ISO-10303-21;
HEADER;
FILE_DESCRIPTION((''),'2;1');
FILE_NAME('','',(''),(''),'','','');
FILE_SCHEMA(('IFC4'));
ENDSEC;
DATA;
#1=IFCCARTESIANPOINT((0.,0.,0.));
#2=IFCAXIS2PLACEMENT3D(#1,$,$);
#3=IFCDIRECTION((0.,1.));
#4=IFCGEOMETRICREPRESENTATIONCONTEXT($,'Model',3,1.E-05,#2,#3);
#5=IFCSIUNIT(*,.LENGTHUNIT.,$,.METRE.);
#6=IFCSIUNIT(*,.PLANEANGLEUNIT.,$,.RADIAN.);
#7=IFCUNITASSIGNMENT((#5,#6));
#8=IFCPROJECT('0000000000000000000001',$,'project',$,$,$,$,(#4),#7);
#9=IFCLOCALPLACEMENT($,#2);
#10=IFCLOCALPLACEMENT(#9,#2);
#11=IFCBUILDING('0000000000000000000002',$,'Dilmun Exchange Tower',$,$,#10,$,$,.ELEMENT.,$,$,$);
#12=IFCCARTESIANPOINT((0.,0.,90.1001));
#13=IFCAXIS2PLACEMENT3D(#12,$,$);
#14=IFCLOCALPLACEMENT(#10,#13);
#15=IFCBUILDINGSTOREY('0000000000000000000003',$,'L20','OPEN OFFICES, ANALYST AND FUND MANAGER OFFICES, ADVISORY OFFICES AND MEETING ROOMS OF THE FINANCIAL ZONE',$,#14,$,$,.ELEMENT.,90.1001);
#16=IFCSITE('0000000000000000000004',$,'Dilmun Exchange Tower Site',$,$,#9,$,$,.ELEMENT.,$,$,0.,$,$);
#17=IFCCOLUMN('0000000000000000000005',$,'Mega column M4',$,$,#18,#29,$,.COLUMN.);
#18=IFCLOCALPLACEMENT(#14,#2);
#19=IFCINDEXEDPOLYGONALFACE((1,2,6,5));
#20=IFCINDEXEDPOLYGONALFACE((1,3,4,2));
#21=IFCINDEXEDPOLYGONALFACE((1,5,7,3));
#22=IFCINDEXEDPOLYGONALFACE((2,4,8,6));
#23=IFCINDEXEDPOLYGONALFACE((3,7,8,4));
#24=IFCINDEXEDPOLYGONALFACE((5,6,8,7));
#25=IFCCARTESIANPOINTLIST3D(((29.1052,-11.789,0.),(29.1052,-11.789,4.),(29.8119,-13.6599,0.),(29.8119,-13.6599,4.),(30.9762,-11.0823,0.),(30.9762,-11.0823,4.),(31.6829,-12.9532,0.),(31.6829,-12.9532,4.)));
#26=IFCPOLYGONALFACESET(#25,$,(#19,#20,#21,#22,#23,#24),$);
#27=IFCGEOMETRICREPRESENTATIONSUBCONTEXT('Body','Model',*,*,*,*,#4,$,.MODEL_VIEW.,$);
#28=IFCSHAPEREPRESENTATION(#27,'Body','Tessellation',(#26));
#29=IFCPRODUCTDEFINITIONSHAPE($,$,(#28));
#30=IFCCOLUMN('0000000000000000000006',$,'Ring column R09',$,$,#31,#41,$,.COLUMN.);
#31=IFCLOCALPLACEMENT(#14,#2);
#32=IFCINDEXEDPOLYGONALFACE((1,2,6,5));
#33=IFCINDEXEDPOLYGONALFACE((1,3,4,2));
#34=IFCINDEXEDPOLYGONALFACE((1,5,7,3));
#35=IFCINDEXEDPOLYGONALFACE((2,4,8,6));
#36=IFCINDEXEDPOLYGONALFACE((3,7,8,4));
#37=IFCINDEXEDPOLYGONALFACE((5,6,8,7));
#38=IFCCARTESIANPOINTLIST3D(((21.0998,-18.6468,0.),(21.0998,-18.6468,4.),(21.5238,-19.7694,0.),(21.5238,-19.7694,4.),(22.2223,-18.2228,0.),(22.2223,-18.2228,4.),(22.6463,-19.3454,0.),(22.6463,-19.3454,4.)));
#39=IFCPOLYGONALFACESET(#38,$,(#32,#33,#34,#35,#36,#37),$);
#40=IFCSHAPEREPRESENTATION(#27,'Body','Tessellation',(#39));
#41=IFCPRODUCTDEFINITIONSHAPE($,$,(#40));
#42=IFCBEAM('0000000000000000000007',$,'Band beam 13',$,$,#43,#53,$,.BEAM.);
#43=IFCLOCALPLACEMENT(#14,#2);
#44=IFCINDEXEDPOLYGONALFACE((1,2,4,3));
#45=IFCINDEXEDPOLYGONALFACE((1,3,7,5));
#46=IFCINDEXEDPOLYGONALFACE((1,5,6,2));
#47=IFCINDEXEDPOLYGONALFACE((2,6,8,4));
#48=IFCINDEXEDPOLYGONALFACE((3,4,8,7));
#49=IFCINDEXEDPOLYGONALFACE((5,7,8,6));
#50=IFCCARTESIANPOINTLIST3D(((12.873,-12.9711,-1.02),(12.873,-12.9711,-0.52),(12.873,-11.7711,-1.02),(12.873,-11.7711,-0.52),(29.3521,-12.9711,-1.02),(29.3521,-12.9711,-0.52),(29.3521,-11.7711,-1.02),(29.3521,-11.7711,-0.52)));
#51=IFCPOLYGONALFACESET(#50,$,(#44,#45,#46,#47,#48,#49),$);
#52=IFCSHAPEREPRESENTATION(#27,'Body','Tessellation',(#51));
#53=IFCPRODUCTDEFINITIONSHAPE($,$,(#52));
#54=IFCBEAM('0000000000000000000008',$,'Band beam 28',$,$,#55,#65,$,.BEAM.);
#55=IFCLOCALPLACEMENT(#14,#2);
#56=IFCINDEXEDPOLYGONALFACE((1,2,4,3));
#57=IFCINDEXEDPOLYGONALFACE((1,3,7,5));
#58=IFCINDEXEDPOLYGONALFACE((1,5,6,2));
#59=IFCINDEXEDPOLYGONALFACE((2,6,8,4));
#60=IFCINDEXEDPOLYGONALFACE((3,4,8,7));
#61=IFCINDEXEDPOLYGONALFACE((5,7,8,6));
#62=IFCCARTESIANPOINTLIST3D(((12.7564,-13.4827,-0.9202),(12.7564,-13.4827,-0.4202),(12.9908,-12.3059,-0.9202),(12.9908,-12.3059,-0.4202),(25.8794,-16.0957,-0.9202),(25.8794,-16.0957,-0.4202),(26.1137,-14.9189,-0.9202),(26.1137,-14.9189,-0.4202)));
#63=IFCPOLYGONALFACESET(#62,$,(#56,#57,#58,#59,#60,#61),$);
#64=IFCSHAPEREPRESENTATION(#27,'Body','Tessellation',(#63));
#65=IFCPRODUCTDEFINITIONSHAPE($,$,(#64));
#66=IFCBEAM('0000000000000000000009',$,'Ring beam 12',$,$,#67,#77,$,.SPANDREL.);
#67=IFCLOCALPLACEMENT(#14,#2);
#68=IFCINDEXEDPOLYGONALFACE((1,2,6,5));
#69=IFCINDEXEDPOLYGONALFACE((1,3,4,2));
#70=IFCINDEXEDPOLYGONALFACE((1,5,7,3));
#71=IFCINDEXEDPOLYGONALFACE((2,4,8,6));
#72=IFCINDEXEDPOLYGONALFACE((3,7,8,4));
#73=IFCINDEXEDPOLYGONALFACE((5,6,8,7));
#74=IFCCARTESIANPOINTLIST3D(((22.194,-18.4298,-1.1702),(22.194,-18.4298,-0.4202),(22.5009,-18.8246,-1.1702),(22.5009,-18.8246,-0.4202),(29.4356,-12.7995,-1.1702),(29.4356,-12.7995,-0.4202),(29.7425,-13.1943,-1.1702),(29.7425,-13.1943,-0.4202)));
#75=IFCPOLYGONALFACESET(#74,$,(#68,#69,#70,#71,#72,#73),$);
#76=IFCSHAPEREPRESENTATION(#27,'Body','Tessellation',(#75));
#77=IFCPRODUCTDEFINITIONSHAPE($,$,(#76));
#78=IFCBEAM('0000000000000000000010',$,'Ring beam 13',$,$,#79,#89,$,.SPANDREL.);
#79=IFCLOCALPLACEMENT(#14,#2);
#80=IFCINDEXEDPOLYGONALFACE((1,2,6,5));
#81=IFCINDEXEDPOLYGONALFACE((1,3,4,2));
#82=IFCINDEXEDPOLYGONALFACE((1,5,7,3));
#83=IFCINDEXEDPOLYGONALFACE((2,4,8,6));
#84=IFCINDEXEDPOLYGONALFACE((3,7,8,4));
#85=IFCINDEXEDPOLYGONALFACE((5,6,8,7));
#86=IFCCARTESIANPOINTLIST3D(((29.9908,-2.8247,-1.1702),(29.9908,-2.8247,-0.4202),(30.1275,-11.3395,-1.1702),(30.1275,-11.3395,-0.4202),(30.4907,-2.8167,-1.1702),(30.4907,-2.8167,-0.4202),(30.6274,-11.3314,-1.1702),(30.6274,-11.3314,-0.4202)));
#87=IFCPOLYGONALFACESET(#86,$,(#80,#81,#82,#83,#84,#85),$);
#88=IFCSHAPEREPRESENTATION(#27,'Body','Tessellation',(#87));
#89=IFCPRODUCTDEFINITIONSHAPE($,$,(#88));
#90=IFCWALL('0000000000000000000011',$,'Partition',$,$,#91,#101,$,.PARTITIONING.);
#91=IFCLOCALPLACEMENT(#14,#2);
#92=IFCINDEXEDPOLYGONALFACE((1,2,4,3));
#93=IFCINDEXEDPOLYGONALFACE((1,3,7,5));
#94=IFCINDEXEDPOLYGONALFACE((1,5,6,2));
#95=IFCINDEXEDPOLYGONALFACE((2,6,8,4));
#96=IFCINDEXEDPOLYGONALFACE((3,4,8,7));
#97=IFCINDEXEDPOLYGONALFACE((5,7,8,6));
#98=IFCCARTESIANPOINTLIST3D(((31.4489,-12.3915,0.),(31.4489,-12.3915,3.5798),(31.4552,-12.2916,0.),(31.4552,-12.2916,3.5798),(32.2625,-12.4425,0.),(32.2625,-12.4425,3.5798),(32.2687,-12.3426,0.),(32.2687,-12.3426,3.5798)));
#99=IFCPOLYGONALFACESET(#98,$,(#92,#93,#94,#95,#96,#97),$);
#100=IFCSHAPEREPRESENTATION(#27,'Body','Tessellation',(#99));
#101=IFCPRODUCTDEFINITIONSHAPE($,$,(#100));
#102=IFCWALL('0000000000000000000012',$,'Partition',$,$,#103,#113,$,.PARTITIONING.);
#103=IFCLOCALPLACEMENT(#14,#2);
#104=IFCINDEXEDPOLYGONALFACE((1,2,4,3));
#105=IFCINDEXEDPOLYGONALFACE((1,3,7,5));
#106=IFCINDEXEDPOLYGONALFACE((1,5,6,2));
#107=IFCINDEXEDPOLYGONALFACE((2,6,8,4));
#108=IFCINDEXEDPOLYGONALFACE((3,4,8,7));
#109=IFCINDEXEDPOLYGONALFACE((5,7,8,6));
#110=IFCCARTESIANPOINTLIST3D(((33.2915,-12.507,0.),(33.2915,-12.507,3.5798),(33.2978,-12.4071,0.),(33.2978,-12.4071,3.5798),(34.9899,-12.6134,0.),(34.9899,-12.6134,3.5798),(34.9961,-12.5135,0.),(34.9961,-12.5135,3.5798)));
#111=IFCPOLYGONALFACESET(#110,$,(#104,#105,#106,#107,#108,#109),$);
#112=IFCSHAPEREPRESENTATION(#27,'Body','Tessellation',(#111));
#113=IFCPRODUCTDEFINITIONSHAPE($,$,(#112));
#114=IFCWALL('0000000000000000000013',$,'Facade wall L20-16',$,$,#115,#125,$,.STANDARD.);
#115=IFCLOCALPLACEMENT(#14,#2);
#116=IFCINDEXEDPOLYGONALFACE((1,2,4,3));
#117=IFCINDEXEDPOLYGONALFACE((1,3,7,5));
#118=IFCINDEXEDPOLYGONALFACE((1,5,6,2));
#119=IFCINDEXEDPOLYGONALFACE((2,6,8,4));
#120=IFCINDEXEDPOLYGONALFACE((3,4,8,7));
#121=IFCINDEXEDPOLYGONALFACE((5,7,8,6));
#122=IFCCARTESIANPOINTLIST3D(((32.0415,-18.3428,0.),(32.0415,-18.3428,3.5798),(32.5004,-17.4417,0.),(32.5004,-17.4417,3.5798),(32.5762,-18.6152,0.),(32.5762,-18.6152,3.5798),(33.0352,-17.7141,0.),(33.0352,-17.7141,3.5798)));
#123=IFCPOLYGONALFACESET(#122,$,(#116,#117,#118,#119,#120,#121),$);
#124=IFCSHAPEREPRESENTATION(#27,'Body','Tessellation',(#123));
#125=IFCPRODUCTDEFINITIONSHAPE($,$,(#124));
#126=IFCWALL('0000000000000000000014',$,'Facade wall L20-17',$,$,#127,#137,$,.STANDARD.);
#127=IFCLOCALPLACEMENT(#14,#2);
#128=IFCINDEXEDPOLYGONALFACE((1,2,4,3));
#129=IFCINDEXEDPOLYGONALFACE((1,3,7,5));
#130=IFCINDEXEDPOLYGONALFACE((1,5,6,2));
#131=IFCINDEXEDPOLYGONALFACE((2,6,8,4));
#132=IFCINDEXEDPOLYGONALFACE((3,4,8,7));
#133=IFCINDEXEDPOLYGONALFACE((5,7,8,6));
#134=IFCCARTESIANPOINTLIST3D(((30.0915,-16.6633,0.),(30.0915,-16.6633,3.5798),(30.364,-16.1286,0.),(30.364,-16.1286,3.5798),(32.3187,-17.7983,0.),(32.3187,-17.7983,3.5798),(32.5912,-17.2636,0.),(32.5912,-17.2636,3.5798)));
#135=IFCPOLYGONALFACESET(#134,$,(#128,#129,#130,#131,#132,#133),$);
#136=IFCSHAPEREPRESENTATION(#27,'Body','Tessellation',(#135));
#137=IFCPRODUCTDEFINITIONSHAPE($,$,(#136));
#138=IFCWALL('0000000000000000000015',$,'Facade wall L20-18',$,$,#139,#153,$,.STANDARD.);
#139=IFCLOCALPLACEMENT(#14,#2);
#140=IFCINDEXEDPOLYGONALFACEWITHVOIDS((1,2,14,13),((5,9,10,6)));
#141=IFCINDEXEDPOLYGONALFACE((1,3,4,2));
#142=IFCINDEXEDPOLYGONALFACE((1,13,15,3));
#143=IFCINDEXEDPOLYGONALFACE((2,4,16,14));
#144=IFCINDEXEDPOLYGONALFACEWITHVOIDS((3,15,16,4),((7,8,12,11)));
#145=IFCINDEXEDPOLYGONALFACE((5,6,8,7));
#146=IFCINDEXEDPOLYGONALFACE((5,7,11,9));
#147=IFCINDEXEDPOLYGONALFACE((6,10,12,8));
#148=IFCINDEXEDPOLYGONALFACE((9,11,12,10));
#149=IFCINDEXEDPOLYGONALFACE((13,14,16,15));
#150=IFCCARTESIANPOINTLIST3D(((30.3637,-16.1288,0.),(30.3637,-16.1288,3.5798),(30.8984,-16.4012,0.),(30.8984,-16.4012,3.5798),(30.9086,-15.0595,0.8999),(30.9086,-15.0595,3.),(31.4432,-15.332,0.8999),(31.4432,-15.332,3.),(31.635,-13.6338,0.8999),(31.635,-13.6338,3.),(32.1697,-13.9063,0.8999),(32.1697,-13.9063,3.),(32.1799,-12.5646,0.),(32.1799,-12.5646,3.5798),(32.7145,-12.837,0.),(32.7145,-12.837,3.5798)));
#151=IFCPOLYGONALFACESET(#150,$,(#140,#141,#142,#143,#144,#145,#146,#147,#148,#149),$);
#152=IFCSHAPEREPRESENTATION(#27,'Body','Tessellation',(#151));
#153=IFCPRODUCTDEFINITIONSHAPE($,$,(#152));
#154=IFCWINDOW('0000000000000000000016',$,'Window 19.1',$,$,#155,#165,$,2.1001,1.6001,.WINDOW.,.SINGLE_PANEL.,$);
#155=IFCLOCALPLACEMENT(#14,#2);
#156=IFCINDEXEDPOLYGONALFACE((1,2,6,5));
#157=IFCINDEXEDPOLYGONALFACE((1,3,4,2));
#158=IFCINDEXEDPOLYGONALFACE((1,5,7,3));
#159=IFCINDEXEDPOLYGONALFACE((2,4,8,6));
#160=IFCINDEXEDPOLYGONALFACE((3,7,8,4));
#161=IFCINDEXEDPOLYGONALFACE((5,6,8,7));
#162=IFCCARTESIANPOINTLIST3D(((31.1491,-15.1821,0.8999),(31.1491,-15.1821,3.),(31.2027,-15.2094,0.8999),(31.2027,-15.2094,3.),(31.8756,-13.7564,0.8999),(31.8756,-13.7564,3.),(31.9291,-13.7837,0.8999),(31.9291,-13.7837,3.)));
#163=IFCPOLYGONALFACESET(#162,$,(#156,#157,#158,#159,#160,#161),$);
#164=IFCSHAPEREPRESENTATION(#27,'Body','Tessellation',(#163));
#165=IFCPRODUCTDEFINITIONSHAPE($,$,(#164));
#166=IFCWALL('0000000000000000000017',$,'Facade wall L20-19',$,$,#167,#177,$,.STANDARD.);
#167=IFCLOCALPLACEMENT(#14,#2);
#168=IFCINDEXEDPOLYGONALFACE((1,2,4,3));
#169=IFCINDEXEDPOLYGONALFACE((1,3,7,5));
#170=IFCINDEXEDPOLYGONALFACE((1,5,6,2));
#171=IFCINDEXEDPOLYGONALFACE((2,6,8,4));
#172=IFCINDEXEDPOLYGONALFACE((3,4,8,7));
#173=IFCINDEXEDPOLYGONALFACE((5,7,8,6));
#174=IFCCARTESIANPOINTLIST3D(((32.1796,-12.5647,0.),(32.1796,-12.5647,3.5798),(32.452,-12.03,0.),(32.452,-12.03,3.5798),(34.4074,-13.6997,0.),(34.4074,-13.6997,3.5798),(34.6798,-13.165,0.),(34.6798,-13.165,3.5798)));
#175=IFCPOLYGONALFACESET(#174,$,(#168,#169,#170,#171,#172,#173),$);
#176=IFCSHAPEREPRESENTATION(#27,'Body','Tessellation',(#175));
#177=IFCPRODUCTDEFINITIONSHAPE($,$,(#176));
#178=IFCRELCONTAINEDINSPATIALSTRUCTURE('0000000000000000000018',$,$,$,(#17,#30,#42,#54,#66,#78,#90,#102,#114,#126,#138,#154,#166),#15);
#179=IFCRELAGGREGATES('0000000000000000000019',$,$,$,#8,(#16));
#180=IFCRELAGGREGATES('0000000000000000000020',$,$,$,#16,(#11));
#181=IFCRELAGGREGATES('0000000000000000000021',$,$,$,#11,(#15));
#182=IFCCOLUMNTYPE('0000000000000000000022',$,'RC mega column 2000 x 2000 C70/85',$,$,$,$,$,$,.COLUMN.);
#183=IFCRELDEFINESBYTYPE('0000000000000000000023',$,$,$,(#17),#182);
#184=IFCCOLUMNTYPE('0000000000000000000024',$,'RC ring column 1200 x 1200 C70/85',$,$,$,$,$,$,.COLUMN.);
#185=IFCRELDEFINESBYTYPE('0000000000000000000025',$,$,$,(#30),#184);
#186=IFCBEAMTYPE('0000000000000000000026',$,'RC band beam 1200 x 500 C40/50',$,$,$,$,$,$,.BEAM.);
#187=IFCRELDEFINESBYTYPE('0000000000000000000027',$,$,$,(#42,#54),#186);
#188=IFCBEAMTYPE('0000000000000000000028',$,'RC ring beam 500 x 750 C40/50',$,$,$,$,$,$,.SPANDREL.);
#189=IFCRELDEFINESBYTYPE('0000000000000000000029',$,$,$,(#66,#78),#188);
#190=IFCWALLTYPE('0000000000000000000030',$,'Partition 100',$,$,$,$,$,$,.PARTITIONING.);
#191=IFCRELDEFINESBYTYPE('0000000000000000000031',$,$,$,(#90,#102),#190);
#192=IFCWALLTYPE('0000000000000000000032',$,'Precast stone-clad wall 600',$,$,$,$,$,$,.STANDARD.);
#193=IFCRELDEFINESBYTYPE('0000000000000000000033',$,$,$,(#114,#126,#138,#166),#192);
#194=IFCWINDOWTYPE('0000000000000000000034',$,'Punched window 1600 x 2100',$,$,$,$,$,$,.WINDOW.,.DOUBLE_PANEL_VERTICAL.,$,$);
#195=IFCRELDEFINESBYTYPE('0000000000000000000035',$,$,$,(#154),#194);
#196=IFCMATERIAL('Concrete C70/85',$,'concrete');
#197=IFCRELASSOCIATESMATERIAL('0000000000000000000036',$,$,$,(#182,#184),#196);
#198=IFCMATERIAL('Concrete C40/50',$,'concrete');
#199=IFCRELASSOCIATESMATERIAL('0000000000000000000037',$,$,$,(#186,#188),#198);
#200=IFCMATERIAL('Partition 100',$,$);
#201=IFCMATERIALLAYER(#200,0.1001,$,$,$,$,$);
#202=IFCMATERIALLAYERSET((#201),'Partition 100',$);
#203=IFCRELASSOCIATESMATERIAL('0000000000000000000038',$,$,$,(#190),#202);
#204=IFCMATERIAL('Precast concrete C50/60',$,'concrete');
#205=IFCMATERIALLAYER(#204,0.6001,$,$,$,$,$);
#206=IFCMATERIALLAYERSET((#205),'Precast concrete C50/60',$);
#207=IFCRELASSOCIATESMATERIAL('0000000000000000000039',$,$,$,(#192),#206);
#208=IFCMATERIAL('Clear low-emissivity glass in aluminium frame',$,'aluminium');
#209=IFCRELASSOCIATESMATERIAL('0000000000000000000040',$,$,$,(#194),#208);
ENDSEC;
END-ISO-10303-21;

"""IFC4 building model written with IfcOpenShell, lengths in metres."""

from ifc_helpers import new_model, si_unit, direction, frame, frame_2d, origin, origin_2d, place, context, subcontext, project, spatial, rectangle, extrude, material, layer, layer_set, material_profile, profile_set, type_object, element, fill, save


model = new_model("IFC4")

# Units and contexts
model_context = context("Model", 3, precision=1e-05, world=origin(), true_north=direction((0.0, 1.0)))
body_context = subcontext(model_context, "Body", "Model", "MODEL_VIEW")
ifc_project = project(units=[si_unit("LENGTHUNIT", "METRE"), si_unit("PLANEANGLEUNIT", "RADIAN")], contexts=[model_context])

# Site, building, storey
site_placement = place(None, origin())
site = spatial("IfcSite", under=ifc_project, at=site_placement, Name="Dilmun Exchange Tower Site", CompositionType="ELEMENT", RefElevation=0.0)
building_placement = place(site_placement, origin())
building = spatial("IfcBuilding", under=site, at=building_placement, Name="Dilmun Exchange Tower", CompositionType="ELEMENT")
storey_placement = place(building_placement, frame((0.0, 0.0, 90.1001)))
storey = spatial("IfcBuildingStorey", under=building, at=storey_placement, Name="L20", Description="OPEN OFFICES, ANALYST AND FUND MANAGER OFFICES, ADVISORY OFFICES AND MEETING ROOMS OF THE FINANCIAL ZONE", CompositionType="ELEMENT", Elevation=90.1001)

# Columns
ifc_material_1 = material(Name="Concrete C70/85", Category="concrete")
ifc_material_profile_1 = material_profile(ifc_material_1, rectangle(XDim=2.0, YDim=2.0, at=origin_2d()), Name="2000 x 2000")
ifc_profile_set_1 = profile_set([ifc_material_profile_1], Name="Concrete C70/85")
column_type_1 = type_object("IfcColumnType", Name="RC mega column 2000 x 2000 C70/85", PredefinedType="COLUMN", material=ifc_profile_set_1)
column_1_placement = place(storey_placement, frame((30.394, -12.3711, 0.0), z_axis=(0.0, 0.0, 1.0), x_axis=(0.935492, 0.353349, 0.0)))
element("IfcColumn", 1, at=column_1_placement, inside=storey, type_object=column_type_1, Name="Mega column M4", PredefinedType="COLUMN", context=body_context, shape_type="SweptSolid", body=[
    extrude(rectangle(XDim=2.0, YDim=2.0, at=origin_2d()), origin(), (0.0, 0.0, 1.0), 4.0),
])
ifc_material_profile_2 = material_profile(ifc_material_1, rectangle(XDim=1.2, YDim=1.2, at=origin_2d()), Name="1200 x 1200")
ifc_profile_set_2 = profile_set([ifc_material_profile_2], Name="Concrete C70/85")
column_type_2 = type_object("IfcColumnType", Name="RC ring column 1200 x 1200 C70/85", PredefinedType="COLUMN", material=ifc_profile_set_2)
column_2_placement = place(storey_placement, frame((21.873, -18.9961, 0.0), z_axis=(0.0, 0.0, 1.0), x_axis=(0.935492, 0.353349, 0.0)))
element("IfcColumn", 2, at=column_2_placement, inside=storey, type_object=column_type_2, Name="Ring column R09", PredefinedType="COLUMN", context=body_context, shape_type="SweptSolid", body=[
    extrude(rectangle(XDim=1.2, YDim=1.2, at=origin_2d()), origin(), (0.0, 0.0, 1.0), 4.0),
])

# Beams
ifc_material_2 = material(Name="Concrete C40/50", Category="concrete")
ifc_material_profile_3 = material_profile(ifc_material_2, rectangle(XDim=1.2, YDim=0.5, at=origin_2d()), Name="1200 x 500")
ifc_profile_set_3 = profile_set([ifc_material_profile_3], Name="Concrete C40/50")
beam_type_1 = type_object("IfcBeamType", Name="RC band beam 1200 x 500 C40/50", PredefinedType="BEAM", material=ifc_profile_set_3)
beam_1_placement = place(storey_placement, frame((29.3521, -12.3711, -0.77), z_axis=(-1.0, 0.0, 0.0), x_axis=(0.0, -1.0, 0.0)))
element("IfcBeam", 3, at=beam_1_placement, inside=storey, type_object=beam_type_1, Name="Band beam 13", PredefinedType="BEAM", context=body_context, shape_type="SweptSolid", body=[
    extrude(rectangle(XDim=1.2, YDim=0.5, at=origin_2d()), origin(), (0.0, 0.0, 1.0), 16.479),
])
beam_2_placement = place(storey_placement, frame((25.9966, -15.5073, -0.6702), z_axis=(-0.980747, 0.195284, 0.0), x_axis=(-0.195284, -0.980747, 0.0)))
element("IfcBeam", 4, at=beam_2_placement, inside=storey, type_object=beam_type_1, Name="Band beam 28", PredefinedType="BEAM", context=body_context, shape_type="SweptSolid", body=[
    extrude(rectangle(XDim=1.2, YDim=0.5, at=origin_2d()), origin(), (0.0, 0.0, 1.0), 13.3806),
])
ifc_material_profile_4 = material_profile(ifc_material_2, rectangle(XDim=0.5, YDim=0.75, at=origin_2d()), Name="500 x 750")
ifc_profile_set_4 = profile_set([ifc_material_profile_4], Name="Concrete C40/50")
beam_type_2 = type_object("IfcBeamType", Name="RC ring beam 500 x 750 C40/50", PredefinedType="SPANDREL", material=ifc_profile_set_4)
beam_3_placement = place(storey_placement, frame((22.3474, -18.6272, -0.7952), z_axis=(0.789461, 0.613801, 0.0), x_axis=(-0.613801, 0.789461, 0.0)))
element("IfcBeam", 5, at=beam_3_placement, inside=storey, type_object=beam_type_2, Name="Ring beam 12", PredefinedType="SPANDREL", context=body_context, shape_type="SweptSolid", body=[
    extrude(rectangle(XDim=0.5, YDim=0.75, at=origin_2d()), origin(), (0.0, 0.0, 1.0), 9.1729),
])
beam_4_placement = place(storey_placement, frame((30.3774, -11.3354, -0.7952), z_axis=(-0.016054, 0.999871, 0.0), x_axis=(-0.999871, -0.016054, 0.0)))
element("IfcBeam", 6, at=beam_4_placement, inside=storey, type_object=beam_type_2, Name="Ring beam 13", PredefinedType="SPANDREL", context=body_context, shape_type="SweptSolid", body=[
    extrude(rectangle(XDim=0.5, YDim=0.75, at=origin_2d()), origin(), (0.0, 0.0, 1.0), 8.5159),
])

# Walls
ifc_material_3 = material(Name="Partition 100")
ifc_layer_1 = layer(ifc_material_3, 0.1001)
ifc_layer_set_1 = layer_set([ifc_layer_1], Name="Partition 100")
wall_type_1 = type_object("IfcWallType", Name="Partition 100", PredefinedType="PARTITIONING", material=ifc_layer_set_1)
wall_1_placement = place(storey_placement, frame((31.4519, -12.3416, 0.0), z_axis=(0.0, 0.0, 1.0), x_axis=(0.998039, -0.062602, 0.0)))
element("IfcWall", 7, at=wall_1_placement, inside=storey, type_object=wall_type_1, Name="Partition", PredefinedType="PARTITIONING", context=body_context, shape_type="SweptSolid", body=[
    extrude(rectangle(XDim=0.8152, YDim=0.1001, at=frame_2d((0.4077, 0.0))), origin(), (0.0, 0.0, 1.0), 3.5798),
])
wall_2_placement = place(storey_placement, frame((33.2947, -12.457, 0.0), z_axis=(0.0, 0.0, 1.0), x_axis=(0.998041, -0.062557, 0.0)))
element("IfcWall", 8, at=wall_2_placement, inside=storey, type_object=wall_type_1, Name="Partition", PredefinedType="PARTITIONING", context=body_context, shape_type="SweptSolid", body=[
    extrude(rectangle(XDim=1.7017, YDim=0.1001, at=frame_2d((0.8508, 0.0))), origin(), (0.0, 0.0, 1.0), 3.5798),
])
ifc_material_4 = material(Name="Precast concrete C50/60", Category="concrete")
ifc_layer_2 = layer(ifc_material_4, 0.6001)
ifc_layer_set_2 = layer_set([ifc_layer_2], Name="Precast concrete C50/60")
wall_type_2 = type_object("IfcWallType", Name="Precast stone-clad wall 600", PredefinedType="STANDARD", material=ifc_layer_set_2)
wall_3_placement = place(storey_placement, frame((32.3088, -18.479, 0.0), z_axis=(0.0, 0.0, 1.0), x_axis=(0.453864, 0.891071, 0.0)))
element("IfcWall", 9, at=wall_3_placement, inside=storey, type_object=wall_type_2, Name="Facade wall L20-16", PredefinedType="STANDARD", context=body_context, shape_type="SweptSolid", body=[
    extrude(rectangle(XDim=1.0112, YDim=0.6001, at=frame_2d((0.5056, 0.0))), origin(), (0.0, 0.0, 1.0), 3.5798),
])
wall_4_placement = place(storey_placement, frame((32.4551, -17.531, 0.0), z_axis=(0.0, 0.0, 1.0), x_axis=(-0.890983, 0.454037, 0.0)))
element("IfcWall", 10, at=wall_4_placement, inside=storey, type_object=wall_type_2, Name="Facade wall L20-17", PredefinedType="STANDARD", context=body_context, shape_type="SweptSolid", body=[
    extrude(rectangle(XDim=2.4998, YDim=0.6001, at=frame_2d((1.25, 0.0))), origin(), (0.0, 0.0, 1.0), 3.5798),
])

# Wall, opening, window
wall_5_placement = place(storey_placement, frame((30.6311, -16.2649, 0.0), z_axis=(0.0, 0.0, 1.0), x_axis=(0.454012, 0.890996, 0.0)))
wall_5 = element("IfcWall", 11, at=wall_5_placement, inside=storey, type_object=wall_type_2, Name="Facade wall L20-18", PredefinedType="STANDARD", context=body_context, shape_type="SweptSolid", body=[
    extrude(rectangle(XDim=4.0002, YDim=0.6001, at=frame_2d((2.0, 0.0))), origin(), (0.0, 0.0, 1.0), 3.5798),
])
opening_1_placement = place(wall_5_placement, frame((1.2, 0.0, 0.8999)))
opening_1 = element("IfcOpeningElement", 12, at=opening_1_placement, cuts=wall_5, PredefinedType="OPENING", context=body_context, shape_type="SweptSolid", body=[
    extrude(rectangle(XDim=1.6001, YDim=2.1001, at=frame_2d((0.8, 1.05))), frame((0.0, 0.3101, 0.0), z_axis=(0.0, -1.0, 0.0), x_axis=(1.0, 0.0, 0.0)), (0.0, 0.0, 1.0), 0.6201),
])
ifc_material_5 = material(Name="Clear low-emissivity glass in aluminium frame", Category="aluminium")
window_type_1 = type_object("IfcWindowType", Name="Punched window 1600 x 2100", PartitioningType="DOUBLE_PANEL_VERTICAL", PredefinedType="WINDOW", material=ifc_material_5)
window_1_placement = place(opening_1_placement, origin())
window_1 = element("IfcWindow", 13, at=window_1_placement, inside=storey, type_object=window_type_1, Name="Window 19.1", OverallHeight=2.1001, OverallWidth=1.6001, PartitioningType="SINGLE_PANEL", PredefinedType="WINDOW", context=body_context, shape_type="SweptSolid", body=[
    extrude(rectangle(XDim=1.6001, YDim=2.1001, at=frame_2d((0.8, 1.05))), frame((0.0, 0.03, 0.0), z_axis=(0.0, -1.0, 0.0), x_axis=(1.0, 0.0, 0.0)), (0.0, 0.0, 1.0), 0.0601),
])
fill(opening_1, window_1)

# Wall
wall_6_placement = place(storey_placement, frame((32.3159, -12.2974, 0.0), z_axis=(0.0, 0.0, 1.0), x_axis=(0.891023, -0.453958, 0.0)))
element("IfcWall", 14, at=wall_6_placement, inside=storey, type_object=wall_type_2, Name="Facade wall L20-19", PredefinedType="STANDARD", context=body_context, shape_type="SweptSolid", body=[
    extrude(rectangle(XDim=2.5002, YDim=0.6001, at=frame_2d((1.25, 0.0))), origin(), (0.0, 0.0, 1.0), 3.5798),
])

save(model, "model.ifc")
